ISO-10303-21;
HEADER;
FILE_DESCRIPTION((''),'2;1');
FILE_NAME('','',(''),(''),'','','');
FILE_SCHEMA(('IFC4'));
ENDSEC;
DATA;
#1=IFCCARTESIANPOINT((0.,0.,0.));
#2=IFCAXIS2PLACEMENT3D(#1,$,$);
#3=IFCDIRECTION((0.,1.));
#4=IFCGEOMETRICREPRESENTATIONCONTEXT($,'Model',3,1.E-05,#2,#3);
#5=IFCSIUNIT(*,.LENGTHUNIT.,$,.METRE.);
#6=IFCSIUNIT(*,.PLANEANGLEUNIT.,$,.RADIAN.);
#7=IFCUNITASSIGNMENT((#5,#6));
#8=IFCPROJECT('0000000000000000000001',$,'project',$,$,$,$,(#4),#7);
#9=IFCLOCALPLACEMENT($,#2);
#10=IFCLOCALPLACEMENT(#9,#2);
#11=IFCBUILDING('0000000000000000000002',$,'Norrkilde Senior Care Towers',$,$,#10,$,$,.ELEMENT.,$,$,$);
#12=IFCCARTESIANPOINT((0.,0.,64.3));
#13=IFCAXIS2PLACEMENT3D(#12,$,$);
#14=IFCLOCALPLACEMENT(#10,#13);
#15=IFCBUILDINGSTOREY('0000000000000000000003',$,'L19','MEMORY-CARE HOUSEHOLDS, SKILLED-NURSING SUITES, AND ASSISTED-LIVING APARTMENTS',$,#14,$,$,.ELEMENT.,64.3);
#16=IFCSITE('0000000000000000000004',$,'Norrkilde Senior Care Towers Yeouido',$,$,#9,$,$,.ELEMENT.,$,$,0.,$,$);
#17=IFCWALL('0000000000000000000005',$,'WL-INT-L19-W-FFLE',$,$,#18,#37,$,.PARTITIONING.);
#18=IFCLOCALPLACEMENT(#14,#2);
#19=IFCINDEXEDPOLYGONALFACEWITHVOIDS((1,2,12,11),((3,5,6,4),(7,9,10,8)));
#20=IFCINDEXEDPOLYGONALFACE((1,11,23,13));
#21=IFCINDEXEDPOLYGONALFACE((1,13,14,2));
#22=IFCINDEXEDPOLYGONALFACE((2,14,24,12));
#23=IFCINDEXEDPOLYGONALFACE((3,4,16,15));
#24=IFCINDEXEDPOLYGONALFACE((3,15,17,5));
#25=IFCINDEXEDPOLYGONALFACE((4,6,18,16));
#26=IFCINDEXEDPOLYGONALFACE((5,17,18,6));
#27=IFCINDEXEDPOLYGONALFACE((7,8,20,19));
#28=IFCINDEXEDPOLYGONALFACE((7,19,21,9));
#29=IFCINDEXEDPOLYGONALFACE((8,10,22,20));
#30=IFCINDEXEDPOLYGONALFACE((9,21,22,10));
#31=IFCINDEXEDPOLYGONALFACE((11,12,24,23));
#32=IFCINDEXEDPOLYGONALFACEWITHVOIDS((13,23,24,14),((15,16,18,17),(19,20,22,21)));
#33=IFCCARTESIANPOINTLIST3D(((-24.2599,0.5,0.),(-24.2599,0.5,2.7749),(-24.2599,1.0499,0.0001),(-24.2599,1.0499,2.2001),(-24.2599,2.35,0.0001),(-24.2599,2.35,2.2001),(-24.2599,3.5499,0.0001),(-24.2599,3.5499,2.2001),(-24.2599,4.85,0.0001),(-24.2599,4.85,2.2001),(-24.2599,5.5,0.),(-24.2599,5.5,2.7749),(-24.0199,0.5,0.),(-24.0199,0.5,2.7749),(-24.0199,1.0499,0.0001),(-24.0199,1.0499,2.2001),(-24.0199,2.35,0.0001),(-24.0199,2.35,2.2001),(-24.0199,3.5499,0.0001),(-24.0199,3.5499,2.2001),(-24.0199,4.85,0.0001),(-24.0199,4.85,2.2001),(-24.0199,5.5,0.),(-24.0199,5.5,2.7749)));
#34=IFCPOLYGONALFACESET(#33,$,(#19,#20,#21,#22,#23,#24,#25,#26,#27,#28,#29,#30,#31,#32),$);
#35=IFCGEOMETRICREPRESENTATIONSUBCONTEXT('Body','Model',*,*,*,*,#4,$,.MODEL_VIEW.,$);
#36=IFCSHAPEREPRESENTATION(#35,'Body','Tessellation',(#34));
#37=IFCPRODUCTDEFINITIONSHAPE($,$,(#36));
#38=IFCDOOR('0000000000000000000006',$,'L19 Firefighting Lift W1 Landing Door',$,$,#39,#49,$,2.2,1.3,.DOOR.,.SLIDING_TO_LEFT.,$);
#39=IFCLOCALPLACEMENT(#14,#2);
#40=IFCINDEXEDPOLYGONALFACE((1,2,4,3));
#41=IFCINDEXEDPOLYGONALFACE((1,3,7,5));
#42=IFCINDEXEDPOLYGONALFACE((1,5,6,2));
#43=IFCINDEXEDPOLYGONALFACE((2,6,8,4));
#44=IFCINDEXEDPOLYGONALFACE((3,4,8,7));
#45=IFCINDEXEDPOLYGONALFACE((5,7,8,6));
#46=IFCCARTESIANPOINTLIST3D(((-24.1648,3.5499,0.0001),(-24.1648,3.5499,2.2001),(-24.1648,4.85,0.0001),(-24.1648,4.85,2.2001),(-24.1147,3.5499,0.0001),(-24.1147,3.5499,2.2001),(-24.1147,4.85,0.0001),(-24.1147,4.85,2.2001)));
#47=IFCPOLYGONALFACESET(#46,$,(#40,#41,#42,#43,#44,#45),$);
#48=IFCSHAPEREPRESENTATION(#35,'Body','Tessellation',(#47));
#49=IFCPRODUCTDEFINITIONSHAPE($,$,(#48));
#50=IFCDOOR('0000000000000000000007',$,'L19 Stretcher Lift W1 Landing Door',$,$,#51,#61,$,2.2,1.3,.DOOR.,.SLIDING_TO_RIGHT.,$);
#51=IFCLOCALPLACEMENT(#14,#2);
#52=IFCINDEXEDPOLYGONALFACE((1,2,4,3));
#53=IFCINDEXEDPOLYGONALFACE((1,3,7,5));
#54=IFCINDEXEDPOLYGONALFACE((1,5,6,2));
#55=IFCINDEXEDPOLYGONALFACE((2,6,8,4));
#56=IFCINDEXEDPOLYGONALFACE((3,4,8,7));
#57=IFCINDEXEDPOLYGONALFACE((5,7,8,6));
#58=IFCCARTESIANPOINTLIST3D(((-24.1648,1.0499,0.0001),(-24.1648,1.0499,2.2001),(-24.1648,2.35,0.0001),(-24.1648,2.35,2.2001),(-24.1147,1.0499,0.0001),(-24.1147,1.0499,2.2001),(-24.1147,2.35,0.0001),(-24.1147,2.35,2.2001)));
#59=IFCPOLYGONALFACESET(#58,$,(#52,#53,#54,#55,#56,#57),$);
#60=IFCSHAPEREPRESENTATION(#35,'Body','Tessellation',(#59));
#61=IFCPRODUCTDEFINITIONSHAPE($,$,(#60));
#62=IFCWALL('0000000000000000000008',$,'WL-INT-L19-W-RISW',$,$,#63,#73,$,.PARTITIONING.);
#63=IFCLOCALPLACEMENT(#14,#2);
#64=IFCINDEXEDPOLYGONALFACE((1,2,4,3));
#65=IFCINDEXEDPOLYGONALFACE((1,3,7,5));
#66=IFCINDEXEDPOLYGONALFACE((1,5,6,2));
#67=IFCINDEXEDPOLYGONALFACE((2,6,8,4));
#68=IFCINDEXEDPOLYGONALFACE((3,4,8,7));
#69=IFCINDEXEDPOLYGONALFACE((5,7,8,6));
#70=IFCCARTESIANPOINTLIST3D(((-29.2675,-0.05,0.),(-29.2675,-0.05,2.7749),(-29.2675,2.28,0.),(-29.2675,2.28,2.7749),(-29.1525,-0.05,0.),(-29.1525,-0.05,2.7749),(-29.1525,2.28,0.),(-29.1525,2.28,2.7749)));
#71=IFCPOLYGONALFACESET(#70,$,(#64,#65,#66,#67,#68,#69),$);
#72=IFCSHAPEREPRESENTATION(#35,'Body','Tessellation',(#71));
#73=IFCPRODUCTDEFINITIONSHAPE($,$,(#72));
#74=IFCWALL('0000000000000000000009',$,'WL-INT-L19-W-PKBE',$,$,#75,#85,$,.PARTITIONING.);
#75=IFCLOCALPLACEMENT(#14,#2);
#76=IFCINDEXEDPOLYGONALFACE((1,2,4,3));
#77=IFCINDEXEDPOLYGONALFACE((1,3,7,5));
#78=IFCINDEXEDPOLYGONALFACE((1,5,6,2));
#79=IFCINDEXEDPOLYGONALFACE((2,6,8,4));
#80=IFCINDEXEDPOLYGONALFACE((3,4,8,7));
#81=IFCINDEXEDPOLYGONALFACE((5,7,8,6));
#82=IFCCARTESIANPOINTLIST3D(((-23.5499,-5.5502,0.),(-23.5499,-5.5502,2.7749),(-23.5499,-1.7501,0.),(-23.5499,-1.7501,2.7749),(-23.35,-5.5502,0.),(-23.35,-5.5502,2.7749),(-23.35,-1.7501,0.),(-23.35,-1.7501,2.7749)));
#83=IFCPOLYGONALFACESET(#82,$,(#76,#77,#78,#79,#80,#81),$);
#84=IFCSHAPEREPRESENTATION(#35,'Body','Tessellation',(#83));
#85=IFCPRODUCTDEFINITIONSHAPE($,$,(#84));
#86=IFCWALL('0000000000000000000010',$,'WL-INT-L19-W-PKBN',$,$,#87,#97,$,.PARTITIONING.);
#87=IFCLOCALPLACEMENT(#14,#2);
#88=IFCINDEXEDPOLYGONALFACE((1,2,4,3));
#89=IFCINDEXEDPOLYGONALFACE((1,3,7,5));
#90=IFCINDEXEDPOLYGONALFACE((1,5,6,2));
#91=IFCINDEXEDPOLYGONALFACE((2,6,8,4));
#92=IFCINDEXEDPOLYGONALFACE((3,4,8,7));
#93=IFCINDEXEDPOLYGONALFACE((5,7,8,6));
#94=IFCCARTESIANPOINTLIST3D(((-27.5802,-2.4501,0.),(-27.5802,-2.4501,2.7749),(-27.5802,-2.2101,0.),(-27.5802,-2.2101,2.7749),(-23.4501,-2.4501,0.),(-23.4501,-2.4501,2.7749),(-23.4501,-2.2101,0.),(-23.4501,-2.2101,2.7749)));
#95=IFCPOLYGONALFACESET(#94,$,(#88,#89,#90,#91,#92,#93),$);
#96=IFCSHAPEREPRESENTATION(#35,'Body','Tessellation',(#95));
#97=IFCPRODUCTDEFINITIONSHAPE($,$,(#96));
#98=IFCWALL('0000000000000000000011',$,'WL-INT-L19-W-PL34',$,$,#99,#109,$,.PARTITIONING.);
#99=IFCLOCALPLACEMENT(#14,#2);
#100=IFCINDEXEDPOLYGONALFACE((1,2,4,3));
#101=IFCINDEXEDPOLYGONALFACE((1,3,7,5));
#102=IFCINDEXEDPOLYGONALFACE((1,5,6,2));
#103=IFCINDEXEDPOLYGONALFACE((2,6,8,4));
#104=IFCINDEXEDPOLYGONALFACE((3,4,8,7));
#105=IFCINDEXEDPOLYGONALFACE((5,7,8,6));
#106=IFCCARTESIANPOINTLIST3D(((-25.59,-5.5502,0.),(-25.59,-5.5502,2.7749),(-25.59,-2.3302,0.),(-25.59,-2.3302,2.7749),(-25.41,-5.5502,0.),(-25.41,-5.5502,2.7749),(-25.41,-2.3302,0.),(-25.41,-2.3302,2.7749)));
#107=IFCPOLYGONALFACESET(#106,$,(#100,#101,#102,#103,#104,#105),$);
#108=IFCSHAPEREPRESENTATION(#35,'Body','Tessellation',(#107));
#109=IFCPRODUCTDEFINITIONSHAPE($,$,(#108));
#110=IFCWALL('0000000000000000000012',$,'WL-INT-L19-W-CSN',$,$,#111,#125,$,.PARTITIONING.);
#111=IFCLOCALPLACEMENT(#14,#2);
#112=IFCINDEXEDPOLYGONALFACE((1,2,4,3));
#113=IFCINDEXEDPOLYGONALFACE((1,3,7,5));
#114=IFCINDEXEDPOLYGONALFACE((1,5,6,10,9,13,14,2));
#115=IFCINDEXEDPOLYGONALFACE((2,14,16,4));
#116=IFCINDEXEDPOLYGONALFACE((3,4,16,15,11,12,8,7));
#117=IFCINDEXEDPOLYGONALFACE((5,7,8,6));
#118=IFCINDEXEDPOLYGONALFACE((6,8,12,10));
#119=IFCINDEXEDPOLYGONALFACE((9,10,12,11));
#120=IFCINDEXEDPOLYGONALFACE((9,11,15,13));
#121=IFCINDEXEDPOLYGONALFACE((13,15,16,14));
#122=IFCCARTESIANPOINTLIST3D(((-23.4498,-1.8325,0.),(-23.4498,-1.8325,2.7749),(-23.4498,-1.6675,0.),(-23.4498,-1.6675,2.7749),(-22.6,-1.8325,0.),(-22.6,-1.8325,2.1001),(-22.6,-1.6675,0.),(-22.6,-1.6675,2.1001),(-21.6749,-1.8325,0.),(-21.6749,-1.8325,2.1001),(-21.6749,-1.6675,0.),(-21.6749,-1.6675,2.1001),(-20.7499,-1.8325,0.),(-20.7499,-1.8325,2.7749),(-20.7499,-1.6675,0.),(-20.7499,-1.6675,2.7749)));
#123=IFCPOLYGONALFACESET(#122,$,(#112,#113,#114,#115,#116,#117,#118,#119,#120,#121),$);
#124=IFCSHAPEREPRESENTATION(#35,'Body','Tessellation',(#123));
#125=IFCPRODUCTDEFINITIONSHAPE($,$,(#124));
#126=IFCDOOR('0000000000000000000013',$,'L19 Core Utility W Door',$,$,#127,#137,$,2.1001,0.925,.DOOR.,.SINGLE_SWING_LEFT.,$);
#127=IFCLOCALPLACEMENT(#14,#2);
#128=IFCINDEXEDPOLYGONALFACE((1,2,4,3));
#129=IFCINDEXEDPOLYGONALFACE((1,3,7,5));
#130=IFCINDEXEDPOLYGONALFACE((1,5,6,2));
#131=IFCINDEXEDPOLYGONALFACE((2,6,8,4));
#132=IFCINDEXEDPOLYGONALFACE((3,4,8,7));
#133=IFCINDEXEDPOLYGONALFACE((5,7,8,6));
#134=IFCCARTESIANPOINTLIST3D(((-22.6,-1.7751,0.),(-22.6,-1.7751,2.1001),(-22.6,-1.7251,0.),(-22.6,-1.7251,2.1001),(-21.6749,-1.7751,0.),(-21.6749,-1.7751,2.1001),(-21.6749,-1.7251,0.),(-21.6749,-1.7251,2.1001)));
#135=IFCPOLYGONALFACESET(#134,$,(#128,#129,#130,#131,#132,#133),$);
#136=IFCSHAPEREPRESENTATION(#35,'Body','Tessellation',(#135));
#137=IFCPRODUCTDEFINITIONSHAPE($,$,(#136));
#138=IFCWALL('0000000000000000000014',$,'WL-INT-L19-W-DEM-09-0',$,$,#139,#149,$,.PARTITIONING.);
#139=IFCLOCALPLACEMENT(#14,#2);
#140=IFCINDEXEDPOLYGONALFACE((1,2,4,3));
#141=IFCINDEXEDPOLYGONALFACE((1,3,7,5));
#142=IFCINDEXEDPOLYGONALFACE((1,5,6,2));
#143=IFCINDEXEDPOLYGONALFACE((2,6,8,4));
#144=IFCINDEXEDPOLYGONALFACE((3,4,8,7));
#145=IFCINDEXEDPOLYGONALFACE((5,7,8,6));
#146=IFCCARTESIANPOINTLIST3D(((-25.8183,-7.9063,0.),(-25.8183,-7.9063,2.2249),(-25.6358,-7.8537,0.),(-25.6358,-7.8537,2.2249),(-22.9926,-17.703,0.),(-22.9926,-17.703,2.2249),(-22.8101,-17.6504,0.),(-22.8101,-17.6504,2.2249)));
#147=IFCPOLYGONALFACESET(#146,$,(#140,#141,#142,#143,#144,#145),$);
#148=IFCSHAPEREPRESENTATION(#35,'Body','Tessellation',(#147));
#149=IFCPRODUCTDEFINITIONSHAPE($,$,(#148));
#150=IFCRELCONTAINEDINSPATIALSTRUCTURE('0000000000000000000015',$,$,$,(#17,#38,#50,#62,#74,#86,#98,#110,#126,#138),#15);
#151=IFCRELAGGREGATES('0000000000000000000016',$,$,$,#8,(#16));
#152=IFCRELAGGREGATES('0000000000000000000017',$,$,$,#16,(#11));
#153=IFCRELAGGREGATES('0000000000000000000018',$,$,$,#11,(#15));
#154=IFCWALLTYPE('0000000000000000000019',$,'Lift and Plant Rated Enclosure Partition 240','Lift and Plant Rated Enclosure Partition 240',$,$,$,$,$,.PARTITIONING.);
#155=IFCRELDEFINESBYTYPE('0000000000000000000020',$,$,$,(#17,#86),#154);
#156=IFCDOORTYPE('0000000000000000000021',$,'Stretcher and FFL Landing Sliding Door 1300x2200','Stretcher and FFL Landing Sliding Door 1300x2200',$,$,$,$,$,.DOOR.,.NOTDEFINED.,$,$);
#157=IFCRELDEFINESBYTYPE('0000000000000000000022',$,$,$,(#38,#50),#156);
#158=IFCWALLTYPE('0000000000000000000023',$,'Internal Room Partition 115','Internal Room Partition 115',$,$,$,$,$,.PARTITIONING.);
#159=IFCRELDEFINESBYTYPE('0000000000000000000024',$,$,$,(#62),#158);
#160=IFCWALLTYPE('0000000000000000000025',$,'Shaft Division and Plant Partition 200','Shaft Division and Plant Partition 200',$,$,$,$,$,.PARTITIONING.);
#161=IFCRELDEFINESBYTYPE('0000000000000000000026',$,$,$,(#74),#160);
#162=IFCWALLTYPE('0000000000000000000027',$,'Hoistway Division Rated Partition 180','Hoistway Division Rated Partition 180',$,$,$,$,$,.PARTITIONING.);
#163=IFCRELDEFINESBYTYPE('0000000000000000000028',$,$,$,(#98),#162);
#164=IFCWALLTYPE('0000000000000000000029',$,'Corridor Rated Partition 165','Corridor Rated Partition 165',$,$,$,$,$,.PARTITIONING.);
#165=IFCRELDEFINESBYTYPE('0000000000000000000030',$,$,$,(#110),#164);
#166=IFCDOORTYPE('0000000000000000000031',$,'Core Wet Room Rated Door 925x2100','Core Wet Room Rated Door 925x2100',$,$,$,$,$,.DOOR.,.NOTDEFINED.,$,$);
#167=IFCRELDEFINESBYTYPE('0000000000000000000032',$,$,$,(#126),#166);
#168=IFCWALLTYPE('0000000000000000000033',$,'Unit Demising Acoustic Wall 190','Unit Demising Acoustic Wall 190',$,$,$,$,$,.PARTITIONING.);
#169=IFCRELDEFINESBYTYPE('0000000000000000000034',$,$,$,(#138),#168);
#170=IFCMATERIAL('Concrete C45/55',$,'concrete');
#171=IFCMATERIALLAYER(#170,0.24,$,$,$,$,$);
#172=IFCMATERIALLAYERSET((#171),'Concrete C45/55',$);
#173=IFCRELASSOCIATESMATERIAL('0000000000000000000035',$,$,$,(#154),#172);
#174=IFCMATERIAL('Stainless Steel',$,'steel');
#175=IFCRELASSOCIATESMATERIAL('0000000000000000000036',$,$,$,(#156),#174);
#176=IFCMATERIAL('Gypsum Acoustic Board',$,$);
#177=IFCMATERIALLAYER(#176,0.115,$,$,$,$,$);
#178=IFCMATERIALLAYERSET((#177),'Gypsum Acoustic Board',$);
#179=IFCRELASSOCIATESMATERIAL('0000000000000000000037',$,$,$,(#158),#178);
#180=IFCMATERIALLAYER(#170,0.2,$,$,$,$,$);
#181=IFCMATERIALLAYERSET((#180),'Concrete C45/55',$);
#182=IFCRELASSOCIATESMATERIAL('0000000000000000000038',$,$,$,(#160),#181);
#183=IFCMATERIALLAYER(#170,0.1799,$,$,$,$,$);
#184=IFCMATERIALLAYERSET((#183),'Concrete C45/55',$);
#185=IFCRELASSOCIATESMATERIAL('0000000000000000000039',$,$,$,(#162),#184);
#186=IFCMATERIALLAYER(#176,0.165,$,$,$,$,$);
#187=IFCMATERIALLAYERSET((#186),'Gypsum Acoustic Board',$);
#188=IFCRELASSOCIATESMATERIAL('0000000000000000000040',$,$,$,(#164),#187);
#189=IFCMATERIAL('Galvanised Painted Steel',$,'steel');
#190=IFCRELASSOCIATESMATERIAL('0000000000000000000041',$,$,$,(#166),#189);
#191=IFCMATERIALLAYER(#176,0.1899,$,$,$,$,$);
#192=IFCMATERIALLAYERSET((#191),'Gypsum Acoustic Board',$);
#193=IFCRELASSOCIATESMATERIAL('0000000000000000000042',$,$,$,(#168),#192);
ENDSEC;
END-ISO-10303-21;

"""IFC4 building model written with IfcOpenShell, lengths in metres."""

from ifc_helpers import new_model, si_unit, direction, frame, frame_2d, origin, place, context, subcontext, project, spatial, rectangle, extrude, source, transform, mapped, material, layer, layer_set, type_object, type_shapes, element, fill, save


model = new_model("IFC4")

# Units and contexts
model_context = context("Model", 3, precision=1e-05, world=origin(), true_north=direction((0.0, 1.0)))
body_context = subcontext(model_context, "Body", "Model", "MODEL_VIEW")
ifc_project = project(units=[si_unit("LENGTHUNIT", "METRE"), si_unit("PLANEANGLEUNIT", "RADIAN")], contexts=[model_context])

# Site, building, storey
site_placement = place(None, origin())
site = spatial("IfcSite", under=ifc_project, at=site_placement, Name="Norrkilde Senior Care Towers Yeouido", CompositionType="ELEMENT", RefElevation=0.0)
building_placement = place(site_placement, origin())
building = spatial("IfcBuilding", under=site, at=building_placement, Name="Norrkilde Senior Care Towers", CompositionType="ELEMENT")
storey_placement = place(building_placement, frame((0.0, 0.0, 64.3)))
storey = spatial("IfcBuildingStorey", under=building, at=storey_placement, Name="L19", Description="MEMORY-CARE HOUSEHOLDS, SKILLED-NURSING SUITES, AND ASSISTED-LIVING APARTMENTS", CompositionType="ELEMENT", Elevation=64.3)

# Wall, openings, doors
ifc_material_1 = material(Name="Concrete C45/55", Category="concrete")
ifc_layer_1 = layer(ifc_material_1, 0.24)
ifc_layer_set_1 = layer_set([ifc_layer_1], Name="Concrete C45/55")
wall_type_1 = type_object("IfcWallType", Name="Lift and Plant Rated Enclosure Partition 240", Description="Lift and Plant Rated Enclosure Partition 240", PredefinedType="PARTITIONING", material=ifc_layer_set_1)
shared_shape_1 = source(origin(), body_context, "Body", "SweptSolid", [
    extrude(rectangle(XDim=5.0, YDim=0.24, at=frame_2d((2.5, 0.0))), origin(), (0.0, 0.0, 1.0), 2.7749),
])
wall_1_placement = place(storey_placement, frame((-24.1399, 0.5, 0.0), z_axis=(0.0, 0.0, 1.0), x_axis=(0.0, 1.0, 0.0)))
wall_1 = element("IfcWall", 1, at=wall_1_placement, inside=storey, type_object=wall_type_1, Name="WL-INT-L19-W-FFLE", PredefinedType="PARTITIONING", context=body_context, shape_type="MappedRepresentation", body=[
    mapped(shared_shape_1, transform((0.0, 0.0, 0.0), x_axis=(1.0, 0.0, 0.0), y_axis=(0.0, 1.0, 0.0), z_axis=(0.0, 0.0, 1.0), scale=1.0)),
])
opening_1_placement = place(wall_1_placement, frame((3.05, 0.0, 0.0)))
opening_1 = element("IfcOpeningElement", 2, at=opening_1_placement, cuts=wall_1, PredefinedType="OPENING", context=body_context, shape_type="SweptSolid", body=[
    extrude(rectangle(XDim=1.3, YDim=2.2, at=frame_2d((0.6499, 1.1001))), frame((0.0, 0.1299, 0.0), z_axis=(0.0, -1.0, 0.0), x_axis=(1.0, 0.0, 0.0)), (0.0, 0.0, 1.0), 0.26),
])
opening_2_placement = place(wall_1_placement, frame((0.55, 0.0, 0.0)))
opening_2 = element("IfcOpeningElement", 3, at=opening_2_placement, cuts=wall_1, PredefinedType="OPENING", context=body_context, shape_type="SweptSolid", body=[
    extrude(rectangle(XDim=1.3, YDim=2.2, at=frame_2d((0.6499, 1.1001))), frame((0.0, 0.1299, 0.0), z_axis=(0.0, -1.0, 0.0), x_axis=(1.0, 0.0, 0.0)), (0.0, 0.0, 1.0), 0.26),
])
ifc_material_2 = material(Name="Stainless Steel", Category="steel")
door_type_1 = type_object("IfcDoorType", Name="Stretcher and FFL Landing Sliding Door 1300x2200", Description="Stretcher and FFL Landing Sliding Door 1300x2200", OperationType="NOTDEFINED", PredefinedType="DOOR", material=ifc_material_2)
shared_shape_2 = source(origin(), body_context, "Body", "SweptSolid", [
    extrude(rectangle(XDim=1.3, YDim=2.2, at=frame_2d((0.6499, 1.1001))), frame((0.0, 0.0249, 0.0), z_axis=(0.0, -1.0, 0.0), x_axis=(1.0, 0.0, 0.0)), (0.0, 0.0, 1.0), 0.05),
])
type_shapes(door_type_1, [shared_shape_2])
door_1_placement = place(opening_1_placement, origin())
door_1 = element("IfcDoor", 4, at=door_1_placement, inside=storey, type_object=door_type_1, Name="L19 Firefighting Lift W1 Landing Door", OperationType="SLIDING_TO_LEFT", OverallHeight=2.2, OverallWidth=1.3, PredefinedType="DOOR", context=body_context, shape_type="MappedRepresentation", body=[
    mapped(shared_shape_2, transform((0.0, 0.0, 0.0), x_axis=(1.0, 0.0, 0.0), y_axis=(0.0, 1.0, 0.0), z_axis=(0.0, 0.0, 1.0), scale=1.0)),
])
fill(opening_1, door_1)
door_2_placement = place(opening_2_placement, origin())
door_2 = element("IfcDoor", 5, at=door_2_placement, inside=storey, type_object=door_type_1, Name="L19 Stretcher Lift W1 Landing Door", OperationType="SLIDING_TO_RIGHT", OverallHeight=2.2, OverallWidth=1.3, PredefinedType="DOOR", context=body_context, shape_type="MappedRepresentation", body=[
    mapped(shared_shape_2, transform((0.0, 0.0, 0.0), x_axis=(1.0, 0.0, 0.0), y_axis=(0.0, 1.0, 0.0), z_axis=(0.0, 0.0, 1.0), scale=1.0)),
])
fill(opening_2, door_2)

# Shared definitions
ifc_material_3 = material(Name="Galvanised Painted Steel", Category="steel")

# Walls
ifc_material_4 = material(Name="Gypsum Acoustic Board")
ifc_layer_2 = layer(ifc_material_4, 0.115)
ifc_layer_set_2 = layer_set([ifc_layer_2], Name="Gypsum Acoustic Board")
wall_type_2 = type_object("IfcWallType", Name="Internal Room Partition 115", Description="Internal Room Partition 115", PredefinedType="PARTITIONING", material=ifc_layer_set_2)
shared_shape_3 = source(origin(), body_context, "Body", "SweptSolid", [
    extrude(rectangle(XDim=2.3301, YDim=0.115, at=frame_2d((1.165, 0.0))), origin(), (0.0, 0.0, 1.0), 2.7749),
])
type_shapes(wall_type_2, [shared_shape_3])
wall_2_placement = place(storey_placement, frame((-29.21, -0.05, 0.0), z_axis=(0.0, 0.0, 1.0), x_axis=(0.0, 1.0, 0.0)))
element("IfcWall", 6, at=wall_2_placement, inside=storey, type_object=wall_type_2, Name="WL-INT-L19-W-RISW", PredefinedType="PARTITIONING", context=body_context, shape_type="MappedRepresentation", body=[
    mapped(shared_shape_3, transform((0.0, 0.0, 0.0), x_axis=(1.0, 0.0, 0.0), y_axis=(0.0, 1.0, 0.0), z_axis=(0.0, 0.0, 1.0), scale=1.0)),
])
ifc_layer_3 = layer(ifc_material_1, 0.2)
ifc_layer_set_3 = layer_set([ifc_layer_3], Name="Concrete C45/55")
wall_type_3 = type_object("IfcWallType", Name="Shaft Division and Plant Partition 200", Description="Shaft Division and Plant Partition 200", PredefinedType="PARTITIONING", material=ifc_layer_set_3)
shared_shape_4 = source(origin(), body_context, "Body", "SweptSolid", [
    extrude(rectangle(XDim=3.8, YDim=0.2, at=frame_2d((1.8999, 0.0))), origin(), (0.0, 0.0, 1.0), 2.7749),
])
type_shapes(wall_type_3, [shared_shape_4])
wall_3_placement = place(storey_placement, frame((-23.45, -5.55, 0.0), z_axis=(0.0, 0.0, 1.0), x_axis=(0.0, 1.0, 0.0)))
element("IfcWall", 7, at=wall_3_placement, inside=storey, type_object=wall_type_3, Name="WL-INT-L19-W-PKBE", PredefinedType="PARTITIONING", context=body_context, shape_type="MappedRepresentation", body=[
    mapped(shared_shape_4, transform((0.0, 0.0, 0.0), x_axis=(1.0, 0.0, 0.0), y_axis=(0.0, 1.0, 0.0), z_axis=(0.0, 0.0, 1.0), scale=1.0)),
])
shared_shape_5 = source(origin(), body_context, "Body", "SweptSolid", [
    extrude(rectangle(XDim=4.1301, YDim=0.24, at=frame_2d((2.0649, 0.0))), origin(), (0.0, 0.0, 1.0), 2.7749),
])
type_shapes(wall_type_1, [shared_shape_1, shared_shape_5])
wall_4_placement = place(storey_placement, frame((-27.5801, -2.3301, 0.0), z_axis=(0.0, 0.0, 1.0), x_axis=(1.0, 0.0, 0.0)))
element("IfcWall", 8, at=wall_4_placement, inside=storey, type_object=wall_type_1, Name="WL-INT-L19-W-PKBN", PredefinedType="PARTITIONING", context=body_context, shape_type="MappedRepresentation", body=[
    mapped(shared_shape_5, transform((0.0, 0.0, 0.0), x_axis=(1.0, 0.0, 0.0), y_axis=(0.0, 1.0, 0.0), z_axis=(0.0, 0.0, 1.0), scale=1.0)),
])
ifc_layer_4 = layer(ifc_material_1, 0.1799)
ifc_layer_set_4 = layer_set([ifc_layer_4], Name="Concrete C45/55")
wall_type_4 = type_object("IfcWallType", Name="Hoistway Division Rated Partition 180", Description="Hoistway Division Rated Partition 180", PredefinedType="PARTITIONING", material=ifc_layer_set_4)
shared_shape_6 = source(origin(), body_context, "Body", "SweptSolid", [
    extrude(rectangle(XDim=3.22, YDim=0.1799, at=frame_2d((1.6099, 0.0))), origin(), (0.0, 0.0, 1.0), 2.7749),
])
type_shapes(wall_type_4, [shared_shape_6])
wall_5_placement = place(storey_placement, frame((-25.5, -5.55, 0.0), z_axis=(0.0, 0.0, 1.0), x_axis=(0.0, 1.0, 0.0)))
element("IfcWall", 9, at=wall_5_placement, inside=storey, type_object=wall_type_4, Name="WL-INT-L19-W-PL34", PredefinedType="PARTITIONING", context=body_context, shape_type="MappedRepresentation", body=[
    mapped(shared_shape_6, transform((0.0, 0.0, 0.0), x_axis=(1.0, 0.0, 0.0), y_axis=(0.0, 1.0, 0.0), z_axis=(0.0, 0.0, 1.0), scale=1.0)),
])

# Wall, opening, door
ifc_layer_5 = layer(ifc_material_4, 0.165)
ifc_layer_set_5 = layer_set([ifc_layer_5], Name="Gypsum Acoustic Board")
wall_type_5 = type_object("IfcWallType", Name="Corridor Rated Partition 165", Description="Corridor Rated Partition 165", PredefinedType="PARTITIONING", material=ifc_layer_set_5)
shared_shape_7 = source(origin(), body_context, "Body", "SweptSolid", [
    extrude(rectangle(XDim=2.7, YDim=0.165, at=frame_2d((1.3501, 0.0))), origin(), (0.0, 0.0, 1.0), 2.7749),
])
type_shapes(wall_type_5, [shared_shape_7])
wall_6_placement = place(storey_placement, frame((-23.45, -1.75, 0.0), z_axis=(0.0, 0.0, 1.0), x_axis=(1.0, 0.0, 0.0)))
wall_6 = element("IfcWall", 10, at=wall_6_placement, inside=storey, type_object=wall_type_5, Name="WL-INT-L19-W-CSN", PredefinedType="PARTITIONING", context=body_context, shape_type="MappedRepresentation", body=[
    mapped(shared_shape_7, transform((0.0, 0.0, 0.0), x_axis=(1.0, 0.0, 0.0), y_axis=(0.0, 1.0, 0.0), z_axis=(0.0, 0.0, 1.0), scale=1.0)),
])
opening_3_placement = place(wall_6_placement, frame((0.8501, 0.0, 0.0)))
opening_3 = element("IfcOpeningElement", 11, at=opening_3_placement, cuts=wall_6, PredefinedType="OPENING", context=body_context, shape_type="SweptSolid", body=[
    extrude(rectangle(XDim=0.925, YDim=2.1001, at=frame_2d((0.4624, 1.05))), frame((0.0, 0.0925, 0.0), z_axis=(0.0, -1.0, 0.0), x_axis=(1.0, 0.0, 0.0)), (0.0, 0.0, 1.0), 0.1851),
])
door_type_2 = type_object("IfcDoorType", Name="Core Wet Room Rated Door 925x2100", Description="Core Wet Room Rated Door 925x2100", OperationType="NOTDEFINED", PredefinedType="DOOR", material=ifc_material_3)
shared_shape_8 = source(origin(), body_context, "Body", "SweptSolid", [
    extrude(rectangle(XDim=0.925, YDim=2.1001, at=frame_2d((0.4624, 1.05))), frame((0.0, 0.0249, 0.0), z_axis=(0.0, -1.0, 0.0), x_axis=(1.0, 0.0, 0.0)), (0.0, 0.0, 1.0), 0.05),
])
type_shapes(door_type_2, [shared_shape_8])
door_3_placement = place(opening_3_placement, origin())
door_3 = element("IfcDoor", 12, at=door_3_placement, inside=storey, type_object=door_type_2, Name="L19 Core Utility W Door", OperationType="SINGLE_SWING_LEFT", OverallHeight=2.1001, OverallWidth=0.925, PredefinedType="DOOR", context=body_context, shape_type="MappedRepresentation", body=[
    mapped(shared_shape_8, transform((0.0, 0.0, 0.0), x_axis=(1.0, 0.0, 0.0), y_axis=(0.0, 1.0, 0.0), z_axis=(0.0, 0.0, 1.0), scale=1.0)),
])
fill(opening_3, door_3)

# Wall
ifc_layer_6 = layer(ifc_material_4, 0.1899)
ifc_layer_set_6 = layer_set([ifc_layer_6], Name="Gypsum Acoustic Board")
wall_type_6 = type_object("IfcWallType", Name="Unit Demising Acoustic Wall 190", Description="Unit Demising Acoustic Wall 190", PredefinedType="PARTITIONING", material=ifc_layer_set_6)
shared_shape_9 = source(origin(), body_context, "Body", "SweptSolid", [
    extrude(rectangle(XDim=10.196, YDim=0.1899, at=frame_2d((5.0981, 0.0))), origin(), (0.0, 0.0, 1.0), 2.2249),
])
type_shapes(wall_type_6, [shared_shape_9])
wall_7_placement = place(storey_placement, frame((-25.7271, -7.8799, 0.0), z_axis=(0.0, 0.0, 1.0), x_axis=(0.277136, -0.960831, 0.0)))
element("IfcWall", 13, at=wall_7_placement, inside=storey, type_object=wall_type_6, Name="WL-INT-L19-W-DEM-09-0", PredefinedType="PARTITIONING", context=body_context, shape_type="MappedRepresentation", body=[
    mapped(shared_shape_9, transform((0.0, 0.0, 0.0), x_axis=(1.0, 0.0, 0.0), y_axis=(0.0, 1.0, 0.0), z_axis=(0.0, 0.0, 1.0), scale=1.0)),
])

save(model, "model.ifc")
